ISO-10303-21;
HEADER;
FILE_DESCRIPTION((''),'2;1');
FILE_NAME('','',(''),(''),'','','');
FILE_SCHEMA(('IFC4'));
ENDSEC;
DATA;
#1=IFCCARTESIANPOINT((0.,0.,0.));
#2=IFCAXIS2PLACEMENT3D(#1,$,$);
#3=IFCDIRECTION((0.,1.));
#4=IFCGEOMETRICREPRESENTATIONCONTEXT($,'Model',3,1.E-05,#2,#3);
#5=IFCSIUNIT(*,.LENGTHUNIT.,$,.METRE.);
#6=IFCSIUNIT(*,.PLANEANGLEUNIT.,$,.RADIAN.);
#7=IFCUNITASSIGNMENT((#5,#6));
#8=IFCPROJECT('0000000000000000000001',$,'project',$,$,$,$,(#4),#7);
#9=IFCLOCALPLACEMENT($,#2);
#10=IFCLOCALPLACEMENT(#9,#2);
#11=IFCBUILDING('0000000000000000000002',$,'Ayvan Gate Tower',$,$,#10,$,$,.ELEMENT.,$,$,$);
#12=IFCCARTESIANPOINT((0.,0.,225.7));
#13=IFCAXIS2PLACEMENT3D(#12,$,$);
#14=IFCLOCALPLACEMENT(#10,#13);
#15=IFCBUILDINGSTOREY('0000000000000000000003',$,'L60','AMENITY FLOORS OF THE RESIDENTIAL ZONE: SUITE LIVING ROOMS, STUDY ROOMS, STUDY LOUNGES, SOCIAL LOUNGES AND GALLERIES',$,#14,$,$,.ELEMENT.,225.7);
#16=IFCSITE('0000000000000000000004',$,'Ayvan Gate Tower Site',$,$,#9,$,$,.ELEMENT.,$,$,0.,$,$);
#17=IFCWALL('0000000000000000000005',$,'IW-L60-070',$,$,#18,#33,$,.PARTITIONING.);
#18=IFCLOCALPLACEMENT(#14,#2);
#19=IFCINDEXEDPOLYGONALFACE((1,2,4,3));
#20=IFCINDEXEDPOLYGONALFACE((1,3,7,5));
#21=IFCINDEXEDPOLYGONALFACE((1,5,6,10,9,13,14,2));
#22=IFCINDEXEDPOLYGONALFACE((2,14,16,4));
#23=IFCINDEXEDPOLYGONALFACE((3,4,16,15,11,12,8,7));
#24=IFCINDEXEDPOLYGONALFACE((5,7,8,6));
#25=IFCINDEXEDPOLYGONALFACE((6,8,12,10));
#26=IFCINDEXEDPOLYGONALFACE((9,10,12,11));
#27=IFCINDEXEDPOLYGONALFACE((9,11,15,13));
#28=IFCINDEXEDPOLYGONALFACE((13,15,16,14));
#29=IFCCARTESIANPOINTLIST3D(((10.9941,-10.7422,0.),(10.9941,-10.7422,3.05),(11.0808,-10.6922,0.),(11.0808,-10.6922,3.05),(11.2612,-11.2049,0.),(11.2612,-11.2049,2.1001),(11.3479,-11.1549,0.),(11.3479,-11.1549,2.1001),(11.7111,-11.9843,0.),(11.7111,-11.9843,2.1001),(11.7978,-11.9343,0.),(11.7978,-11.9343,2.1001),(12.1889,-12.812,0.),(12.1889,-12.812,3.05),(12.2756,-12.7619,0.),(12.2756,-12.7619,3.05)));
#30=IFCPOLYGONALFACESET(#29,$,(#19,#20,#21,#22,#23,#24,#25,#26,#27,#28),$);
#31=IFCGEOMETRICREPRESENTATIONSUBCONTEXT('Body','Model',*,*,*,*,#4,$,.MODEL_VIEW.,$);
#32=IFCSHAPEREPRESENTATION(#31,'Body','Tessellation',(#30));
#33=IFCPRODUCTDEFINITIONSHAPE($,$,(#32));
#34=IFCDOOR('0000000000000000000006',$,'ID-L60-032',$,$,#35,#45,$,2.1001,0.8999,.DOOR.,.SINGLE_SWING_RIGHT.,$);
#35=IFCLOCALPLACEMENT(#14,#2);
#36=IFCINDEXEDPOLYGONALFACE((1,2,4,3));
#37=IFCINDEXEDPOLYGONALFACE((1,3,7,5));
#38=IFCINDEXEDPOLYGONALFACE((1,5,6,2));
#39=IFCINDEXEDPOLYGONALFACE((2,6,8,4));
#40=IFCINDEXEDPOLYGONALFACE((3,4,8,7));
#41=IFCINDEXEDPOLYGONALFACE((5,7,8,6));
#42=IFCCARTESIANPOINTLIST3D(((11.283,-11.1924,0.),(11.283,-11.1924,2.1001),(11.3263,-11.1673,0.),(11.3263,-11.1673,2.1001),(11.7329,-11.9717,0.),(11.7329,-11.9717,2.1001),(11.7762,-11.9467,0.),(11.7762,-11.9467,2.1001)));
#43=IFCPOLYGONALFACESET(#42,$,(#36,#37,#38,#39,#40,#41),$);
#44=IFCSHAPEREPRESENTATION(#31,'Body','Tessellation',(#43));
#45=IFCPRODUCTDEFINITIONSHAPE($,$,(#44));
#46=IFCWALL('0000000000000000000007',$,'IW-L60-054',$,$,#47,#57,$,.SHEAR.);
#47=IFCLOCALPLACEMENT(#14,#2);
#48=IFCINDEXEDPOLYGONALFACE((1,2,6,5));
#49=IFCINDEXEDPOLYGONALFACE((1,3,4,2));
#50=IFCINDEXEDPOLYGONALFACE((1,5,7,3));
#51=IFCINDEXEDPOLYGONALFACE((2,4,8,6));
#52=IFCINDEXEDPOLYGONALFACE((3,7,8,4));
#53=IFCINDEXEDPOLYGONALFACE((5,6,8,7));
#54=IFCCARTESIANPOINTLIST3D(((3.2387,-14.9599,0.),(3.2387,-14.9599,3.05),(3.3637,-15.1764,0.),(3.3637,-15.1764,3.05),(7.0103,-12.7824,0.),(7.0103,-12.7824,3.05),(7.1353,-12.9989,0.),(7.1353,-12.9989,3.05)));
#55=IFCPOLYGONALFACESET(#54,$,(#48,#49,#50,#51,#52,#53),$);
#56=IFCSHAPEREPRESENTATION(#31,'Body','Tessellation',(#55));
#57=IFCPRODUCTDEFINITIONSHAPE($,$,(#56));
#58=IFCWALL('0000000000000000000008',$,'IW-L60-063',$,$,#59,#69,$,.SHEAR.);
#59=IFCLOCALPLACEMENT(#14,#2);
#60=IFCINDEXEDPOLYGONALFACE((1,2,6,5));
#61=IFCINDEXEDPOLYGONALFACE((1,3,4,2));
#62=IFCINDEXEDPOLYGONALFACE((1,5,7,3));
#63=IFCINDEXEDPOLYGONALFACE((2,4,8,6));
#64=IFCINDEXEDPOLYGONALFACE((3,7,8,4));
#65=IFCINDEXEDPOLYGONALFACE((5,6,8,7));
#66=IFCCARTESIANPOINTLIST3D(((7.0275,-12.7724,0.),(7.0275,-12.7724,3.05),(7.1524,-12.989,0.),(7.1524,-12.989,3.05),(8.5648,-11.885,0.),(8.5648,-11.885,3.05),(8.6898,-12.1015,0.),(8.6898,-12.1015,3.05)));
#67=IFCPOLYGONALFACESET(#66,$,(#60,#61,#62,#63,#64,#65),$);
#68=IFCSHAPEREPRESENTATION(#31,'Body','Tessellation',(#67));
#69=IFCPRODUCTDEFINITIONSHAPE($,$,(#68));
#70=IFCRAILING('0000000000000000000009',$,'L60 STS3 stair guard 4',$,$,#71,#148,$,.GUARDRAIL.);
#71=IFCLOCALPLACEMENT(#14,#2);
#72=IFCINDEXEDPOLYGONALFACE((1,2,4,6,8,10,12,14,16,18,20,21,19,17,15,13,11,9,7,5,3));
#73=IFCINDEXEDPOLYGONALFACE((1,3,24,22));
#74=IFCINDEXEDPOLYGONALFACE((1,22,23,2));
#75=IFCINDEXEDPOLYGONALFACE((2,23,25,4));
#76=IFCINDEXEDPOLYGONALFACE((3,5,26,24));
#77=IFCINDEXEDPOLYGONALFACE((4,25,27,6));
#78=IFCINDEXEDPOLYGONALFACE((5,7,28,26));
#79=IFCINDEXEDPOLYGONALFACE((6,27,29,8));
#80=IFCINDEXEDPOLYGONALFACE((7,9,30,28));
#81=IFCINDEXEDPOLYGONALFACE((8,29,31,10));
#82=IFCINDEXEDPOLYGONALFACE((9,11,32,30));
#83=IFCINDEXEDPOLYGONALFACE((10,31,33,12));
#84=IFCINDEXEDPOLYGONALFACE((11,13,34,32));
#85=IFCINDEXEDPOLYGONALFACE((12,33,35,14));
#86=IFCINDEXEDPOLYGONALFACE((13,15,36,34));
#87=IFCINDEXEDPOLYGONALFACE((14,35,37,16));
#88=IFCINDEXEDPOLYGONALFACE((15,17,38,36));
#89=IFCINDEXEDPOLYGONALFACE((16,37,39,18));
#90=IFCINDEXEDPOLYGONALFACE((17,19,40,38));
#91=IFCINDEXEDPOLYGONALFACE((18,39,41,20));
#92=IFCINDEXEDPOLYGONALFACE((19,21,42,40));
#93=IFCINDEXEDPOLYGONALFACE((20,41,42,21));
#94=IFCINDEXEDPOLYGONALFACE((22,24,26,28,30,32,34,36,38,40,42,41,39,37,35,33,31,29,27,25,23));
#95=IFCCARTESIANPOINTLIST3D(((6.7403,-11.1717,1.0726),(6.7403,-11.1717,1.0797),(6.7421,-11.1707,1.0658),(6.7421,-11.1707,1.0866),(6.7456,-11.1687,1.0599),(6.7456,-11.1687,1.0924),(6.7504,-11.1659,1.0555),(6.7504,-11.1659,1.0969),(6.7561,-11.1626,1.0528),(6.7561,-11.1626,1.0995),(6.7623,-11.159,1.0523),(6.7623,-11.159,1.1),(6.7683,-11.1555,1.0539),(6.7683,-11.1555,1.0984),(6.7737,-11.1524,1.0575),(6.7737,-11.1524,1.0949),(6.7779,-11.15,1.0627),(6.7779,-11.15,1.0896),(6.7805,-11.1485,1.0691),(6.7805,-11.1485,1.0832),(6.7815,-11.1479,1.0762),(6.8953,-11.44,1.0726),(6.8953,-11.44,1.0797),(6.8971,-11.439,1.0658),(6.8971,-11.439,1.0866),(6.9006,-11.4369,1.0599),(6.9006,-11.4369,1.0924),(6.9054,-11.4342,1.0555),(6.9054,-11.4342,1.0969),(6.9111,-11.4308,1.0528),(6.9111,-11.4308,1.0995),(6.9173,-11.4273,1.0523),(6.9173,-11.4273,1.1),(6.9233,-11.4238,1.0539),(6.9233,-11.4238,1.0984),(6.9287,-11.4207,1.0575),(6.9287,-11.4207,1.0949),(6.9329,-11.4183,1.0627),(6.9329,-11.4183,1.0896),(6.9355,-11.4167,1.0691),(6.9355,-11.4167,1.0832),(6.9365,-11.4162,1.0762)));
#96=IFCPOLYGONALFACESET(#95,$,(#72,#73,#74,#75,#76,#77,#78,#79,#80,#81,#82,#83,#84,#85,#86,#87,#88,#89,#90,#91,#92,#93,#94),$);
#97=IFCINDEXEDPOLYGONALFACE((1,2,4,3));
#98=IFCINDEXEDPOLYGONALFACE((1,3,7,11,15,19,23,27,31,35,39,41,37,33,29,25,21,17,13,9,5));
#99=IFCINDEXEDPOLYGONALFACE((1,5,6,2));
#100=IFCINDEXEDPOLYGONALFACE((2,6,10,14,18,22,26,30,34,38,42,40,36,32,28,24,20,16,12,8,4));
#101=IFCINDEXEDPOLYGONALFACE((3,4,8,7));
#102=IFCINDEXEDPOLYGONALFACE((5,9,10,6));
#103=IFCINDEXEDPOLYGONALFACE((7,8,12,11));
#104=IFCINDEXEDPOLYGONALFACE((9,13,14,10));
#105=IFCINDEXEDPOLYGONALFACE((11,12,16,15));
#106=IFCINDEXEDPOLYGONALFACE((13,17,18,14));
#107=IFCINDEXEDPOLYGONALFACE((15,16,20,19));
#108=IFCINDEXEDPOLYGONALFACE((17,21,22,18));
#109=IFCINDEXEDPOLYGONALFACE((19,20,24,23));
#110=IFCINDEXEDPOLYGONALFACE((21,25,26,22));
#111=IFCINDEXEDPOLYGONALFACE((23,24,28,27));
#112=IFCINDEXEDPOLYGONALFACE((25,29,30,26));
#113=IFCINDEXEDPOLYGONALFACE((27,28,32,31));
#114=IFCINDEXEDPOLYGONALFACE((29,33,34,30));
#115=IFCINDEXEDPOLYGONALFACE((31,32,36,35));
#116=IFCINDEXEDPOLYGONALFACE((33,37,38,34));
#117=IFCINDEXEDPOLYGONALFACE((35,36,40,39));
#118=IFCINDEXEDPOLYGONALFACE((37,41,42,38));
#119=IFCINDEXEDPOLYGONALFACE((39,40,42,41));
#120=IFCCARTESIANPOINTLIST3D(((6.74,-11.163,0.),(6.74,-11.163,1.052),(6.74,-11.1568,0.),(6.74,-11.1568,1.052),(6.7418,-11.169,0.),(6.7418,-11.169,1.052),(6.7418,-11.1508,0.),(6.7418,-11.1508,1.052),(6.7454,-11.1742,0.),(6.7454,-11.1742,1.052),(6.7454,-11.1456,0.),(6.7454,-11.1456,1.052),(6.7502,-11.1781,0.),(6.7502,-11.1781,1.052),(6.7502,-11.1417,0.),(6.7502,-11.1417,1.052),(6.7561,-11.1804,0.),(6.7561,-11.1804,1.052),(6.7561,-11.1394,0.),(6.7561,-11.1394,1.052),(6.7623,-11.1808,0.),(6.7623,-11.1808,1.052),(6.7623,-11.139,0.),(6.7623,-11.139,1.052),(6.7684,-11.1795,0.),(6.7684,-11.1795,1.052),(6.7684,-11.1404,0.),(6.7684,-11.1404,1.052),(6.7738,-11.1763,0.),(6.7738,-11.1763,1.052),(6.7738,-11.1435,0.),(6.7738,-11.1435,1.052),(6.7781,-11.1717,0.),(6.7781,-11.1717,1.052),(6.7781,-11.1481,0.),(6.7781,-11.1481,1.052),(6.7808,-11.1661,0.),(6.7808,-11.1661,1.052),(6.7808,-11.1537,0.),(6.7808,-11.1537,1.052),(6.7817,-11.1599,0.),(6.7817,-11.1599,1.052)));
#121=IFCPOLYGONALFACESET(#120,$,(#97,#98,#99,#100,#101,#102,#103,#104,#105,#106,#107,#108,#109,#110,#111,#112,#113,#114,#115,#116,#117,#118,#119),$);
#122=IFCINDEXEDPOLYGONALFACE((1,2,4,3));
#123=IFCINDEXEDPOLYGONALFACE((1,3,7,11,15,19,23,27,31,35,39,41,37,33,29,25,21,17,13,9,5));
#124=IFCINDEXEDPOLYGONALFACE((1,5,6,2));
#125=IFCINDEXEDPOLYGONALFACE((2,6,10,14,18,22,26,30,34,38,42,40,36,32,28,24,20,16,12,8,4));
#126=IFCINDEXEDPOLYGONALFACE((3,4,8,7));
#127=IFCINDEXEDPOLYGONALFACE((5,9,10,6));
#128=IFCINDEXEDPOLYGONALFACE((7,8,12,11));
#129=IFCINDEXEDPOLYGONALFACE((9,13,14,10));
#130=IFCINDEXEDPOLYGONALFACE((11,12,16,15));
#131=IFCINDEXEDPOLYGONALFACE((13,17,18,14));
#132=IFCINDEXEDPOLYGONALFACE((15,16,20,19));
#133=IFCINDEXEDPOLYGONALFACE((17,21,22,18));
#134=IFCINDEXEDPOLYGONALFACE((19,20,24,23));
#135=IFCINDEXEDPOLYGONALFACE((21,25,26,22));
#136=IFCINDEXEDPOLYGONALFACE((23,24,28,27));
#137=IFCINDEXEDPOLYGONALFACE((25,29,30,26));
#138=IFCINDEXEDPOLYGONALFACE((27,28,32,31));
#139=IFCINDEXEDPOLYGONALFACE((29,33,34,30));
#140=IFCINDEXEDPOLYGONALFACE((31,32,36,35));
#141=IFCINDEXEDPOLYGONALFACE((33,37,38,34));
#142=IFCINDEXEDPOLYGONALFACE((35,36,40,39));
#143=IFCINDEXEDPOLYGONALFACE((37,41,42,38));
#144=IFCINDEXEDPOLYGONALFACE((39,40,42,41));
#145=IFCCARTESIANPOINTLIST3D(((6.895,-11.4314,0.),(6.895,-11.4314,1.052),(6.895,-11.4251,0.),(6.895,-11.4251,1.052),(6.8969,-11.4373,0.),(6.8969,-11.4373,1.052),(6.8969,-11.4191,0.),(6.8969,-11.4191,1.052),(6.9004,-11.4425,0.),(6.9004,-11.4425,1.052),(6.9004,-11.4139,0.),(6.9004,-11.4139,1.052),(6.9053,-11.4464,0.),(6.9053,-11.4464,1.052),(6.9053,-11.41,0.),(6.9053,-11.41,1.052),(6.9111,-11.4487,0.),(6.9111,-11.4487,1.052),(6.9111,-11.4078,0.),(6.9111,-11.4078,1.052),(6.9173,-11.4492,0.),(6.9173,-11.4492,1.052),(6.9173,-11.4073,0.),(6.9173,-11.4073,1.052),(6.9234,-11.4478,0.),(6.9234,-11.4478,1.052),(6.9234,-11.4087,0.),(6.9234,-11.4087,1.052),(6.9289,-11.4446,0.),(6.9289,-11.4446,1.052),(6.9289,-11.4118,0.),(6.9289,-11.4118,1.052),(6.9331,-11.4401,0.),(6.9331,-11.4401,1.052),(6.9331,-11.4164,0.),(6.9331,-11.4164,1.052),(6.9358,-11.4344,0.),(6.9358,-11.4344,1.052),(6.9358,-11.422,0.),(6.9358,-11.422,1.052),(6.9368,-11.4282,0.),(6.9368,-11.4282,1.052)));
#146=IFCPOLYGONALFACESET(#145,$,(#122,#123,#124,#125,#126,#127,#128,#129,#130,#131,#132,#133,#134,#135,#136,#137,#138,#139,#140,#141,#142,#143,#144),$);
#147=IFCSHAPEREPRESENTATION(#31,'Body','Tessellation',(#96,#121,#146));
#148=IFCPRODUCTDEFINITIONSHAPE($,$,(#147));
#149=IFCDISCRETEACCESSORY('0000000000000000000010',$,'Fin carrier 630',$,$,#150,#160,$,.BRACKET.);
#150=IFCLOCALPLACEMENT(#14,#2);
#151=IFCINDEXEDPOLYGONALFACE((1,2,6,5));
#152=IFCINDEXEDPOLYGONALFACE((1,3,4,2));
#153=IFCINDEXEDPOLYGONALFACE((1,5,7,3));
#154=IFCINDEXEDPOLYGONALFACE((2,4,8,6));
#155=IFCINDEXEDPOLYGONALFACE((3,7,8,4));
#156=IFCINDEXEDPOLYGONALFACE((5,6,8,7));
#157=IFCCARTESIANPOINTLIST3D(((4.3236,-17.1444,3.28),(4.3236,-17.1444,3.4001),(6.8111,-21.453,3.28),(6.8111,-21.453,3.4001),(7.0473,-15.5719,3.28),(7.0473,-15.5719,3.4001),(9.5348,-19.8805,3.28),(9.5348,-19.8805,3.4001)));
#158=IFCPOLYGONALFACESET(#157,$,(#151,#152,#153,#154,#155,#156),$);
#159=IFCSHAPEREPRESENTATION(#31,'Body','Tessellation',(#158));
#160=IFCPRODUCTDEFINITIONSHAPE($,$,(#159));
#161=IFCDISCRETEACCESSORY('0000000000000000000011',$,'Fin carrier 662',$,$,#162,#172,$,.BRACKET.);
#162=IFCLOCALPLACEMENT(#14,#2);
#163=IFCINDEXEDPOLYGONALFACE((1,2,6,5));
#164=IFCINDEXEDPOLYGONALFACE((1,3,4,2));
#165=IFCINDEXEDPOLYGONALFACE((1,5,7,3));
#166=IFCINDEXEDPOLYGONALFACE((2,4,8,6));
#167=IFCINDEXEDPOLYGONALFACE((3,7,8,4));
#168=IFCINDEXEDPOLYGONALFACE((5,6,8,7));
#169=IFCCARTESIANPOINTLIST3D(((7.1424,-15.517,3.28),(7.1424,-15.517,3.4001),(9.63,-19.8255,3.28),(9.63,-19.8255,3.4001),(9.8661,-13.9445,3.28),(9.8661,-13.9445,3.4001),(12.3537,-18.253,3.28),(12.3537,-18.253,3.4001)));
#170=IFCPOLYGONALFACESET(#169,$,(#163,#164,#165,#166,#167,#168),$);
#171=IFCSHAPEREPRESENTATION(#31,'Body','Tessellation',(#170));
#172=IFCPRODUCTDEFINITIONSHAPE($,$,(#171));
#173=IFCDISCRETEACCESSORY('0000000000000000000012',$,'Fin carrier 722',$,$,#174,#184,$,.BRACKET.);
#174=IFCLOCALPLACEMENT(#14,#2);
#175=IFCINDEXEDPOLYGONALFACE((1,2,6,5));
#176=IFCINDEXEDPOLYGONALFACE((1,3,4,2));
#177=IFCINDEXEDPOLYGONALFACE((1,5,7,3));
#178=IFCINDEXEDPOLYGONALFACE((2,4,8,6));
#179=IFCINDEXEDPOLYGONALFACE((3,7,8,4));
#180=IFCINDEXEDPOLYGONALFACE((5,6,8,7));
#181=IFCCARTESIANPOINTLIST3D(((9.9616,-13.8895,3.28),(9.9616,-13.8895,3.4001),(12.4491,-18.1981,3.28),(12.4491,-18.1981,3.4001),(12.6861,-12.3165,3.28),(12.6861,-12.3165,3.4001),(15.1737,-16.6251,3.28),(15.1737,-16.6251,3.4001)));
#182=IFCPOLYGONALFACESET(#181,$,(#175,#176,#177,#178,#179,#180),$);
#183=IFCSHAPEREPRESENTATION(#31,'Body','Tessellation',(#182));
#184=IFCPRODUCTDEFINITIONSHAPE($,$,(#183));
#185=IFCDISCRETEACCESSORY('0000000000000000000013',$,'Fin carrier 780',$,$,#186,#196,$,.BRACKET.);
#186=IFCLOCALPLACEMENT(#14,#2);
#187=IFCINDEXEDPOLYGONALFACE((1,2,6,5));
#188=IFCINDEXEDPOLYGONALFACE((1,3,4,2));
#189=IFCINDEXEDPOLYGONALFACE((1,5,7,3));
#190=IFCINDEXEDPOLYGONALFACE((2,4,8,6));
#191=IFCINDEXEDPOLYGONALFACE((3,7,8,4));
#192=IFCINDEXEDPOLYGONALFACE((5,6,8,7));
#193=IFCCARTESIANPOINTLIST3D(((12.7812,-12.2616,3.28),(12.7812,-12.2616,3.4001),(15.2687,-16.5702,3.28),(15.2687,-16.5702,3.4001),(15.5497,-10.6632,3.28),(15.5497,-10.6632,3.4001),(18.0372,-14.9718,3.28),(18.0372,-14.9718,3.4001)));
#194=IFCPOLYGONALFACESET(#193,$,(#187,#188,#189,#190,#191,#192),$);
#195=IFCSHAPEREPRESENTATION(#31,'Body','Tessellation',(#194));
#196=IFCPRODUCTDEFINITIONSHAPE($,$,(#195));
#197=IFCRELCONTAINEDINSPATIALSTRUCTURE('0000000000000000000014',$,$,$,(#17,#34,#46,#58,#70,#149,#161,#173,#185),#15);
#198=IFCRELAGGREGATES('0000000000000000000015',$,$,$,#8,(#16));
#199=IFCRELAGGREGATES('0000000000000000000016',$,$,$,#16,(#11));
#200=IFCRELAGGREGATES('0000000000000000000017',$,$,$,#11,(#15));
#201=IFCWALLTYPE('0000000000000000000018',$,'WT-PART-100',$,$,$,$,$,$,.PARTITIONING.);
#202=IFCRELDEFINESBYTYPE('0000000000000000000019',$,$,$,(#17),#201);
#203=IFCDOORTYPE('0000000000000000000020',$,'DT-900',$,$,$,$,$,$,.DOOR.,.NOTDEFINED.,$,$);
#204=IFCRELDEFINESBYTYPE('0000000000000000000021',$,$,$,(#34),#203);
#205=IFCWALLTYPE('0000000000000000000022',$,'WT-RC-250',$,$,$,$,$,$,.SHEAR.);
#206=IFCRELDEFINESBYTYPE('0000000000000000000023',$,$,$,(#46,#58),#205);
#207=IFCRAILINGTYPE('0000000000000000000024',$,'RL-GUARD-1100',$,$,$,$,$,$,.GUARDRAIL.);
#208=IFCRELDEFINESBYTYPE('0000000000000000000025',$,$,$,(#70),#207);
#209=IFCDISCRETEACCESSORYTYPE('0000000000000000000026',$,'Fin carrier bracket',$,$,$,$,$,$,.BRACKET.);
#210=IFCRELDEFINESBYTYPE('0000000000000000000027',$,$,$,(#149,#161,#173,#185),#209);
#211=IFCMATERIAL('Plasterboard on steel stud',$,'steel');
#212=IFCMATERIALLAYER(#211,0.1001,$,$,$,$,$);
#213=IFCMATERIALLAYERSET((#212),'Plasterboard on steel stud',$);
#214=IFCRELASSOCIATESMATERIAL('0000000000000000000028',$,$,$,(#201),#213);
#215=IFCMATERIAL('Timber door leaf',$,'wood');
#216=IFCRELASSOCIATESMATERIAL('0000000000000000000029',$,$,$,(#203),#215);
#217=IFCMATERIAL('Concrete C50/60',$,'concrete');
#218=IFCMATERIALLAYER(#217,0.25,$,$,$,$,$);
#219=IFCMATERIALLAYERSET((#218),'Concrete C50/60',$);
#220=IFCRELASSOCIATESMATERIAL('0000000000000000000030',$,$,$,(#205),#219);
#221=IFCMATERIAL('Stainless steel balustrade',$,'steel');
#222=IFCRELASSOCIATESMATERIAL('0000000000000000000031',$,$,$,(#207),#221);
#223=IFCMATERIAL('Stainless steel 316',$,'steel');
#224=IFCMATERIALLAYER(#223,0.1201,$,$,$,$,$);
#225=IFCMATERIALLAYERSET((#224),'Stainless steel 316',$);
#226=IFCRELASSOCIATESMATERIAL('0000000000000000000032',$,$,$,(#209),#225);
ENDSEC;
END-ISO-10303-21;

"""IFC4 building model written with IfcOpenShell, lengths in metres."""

from ifc_helpers import new_model, si_unit, direction, frame, frame_2d, origin, origin_2d, place, context, subcontext, project, spatial, rectangle, circle, extrude, material, layer, layer_set, type_object, element, fill, save


model = new_model("IFC4")

# Units and contexts
model_context = context("Model", 3, precision=1e-05, world=origin(), true_north=direction((0.0, 1.0)))
body_context = subcontext(model_context, "Body", "Model", "MODEL_VIEW")
ifc_project = project(units=[si_unit("LENGTHUNIT", "METRE"), si_unit("PLANEANGLEUNIT", "RADIAN")], contexts=[model_context])

# Site, building, storey
site_placement = place(None, origin())
site = spatial("IfcSite", under=ifc_project, at=site_placement, Name="Ayvan Gate Tower Site", CompositionType="ELEMENT", RefElevation=0.0)
building_placement = place(site_placement, origin())
building = spatial("IfcBuilding", under=site, at=building_placement, Name="Ayvan Gate Tower", CompositionType="ELEMENT")
storey_placement = place(building_placement, frame((0.0, 0.0, 225.7)))
storey = spatial("IfcBuildingStorey", under=building, at=storey_placement, Name="L60", Description="AMENITY FLOORS OF THE RESIDENTIAL ZONE: SUITE LIVING ROOMS, STUDY ROOMS, STUDY LOUNGES, SOCIAL LOUNGES AND GALLERIES", CompositionType="ELEMENT", Elevation=225.7)

# Shared definitions
ifc_material_1 = material(Name="Concrete C50/60", Category="concrete")

# Wall, opening, door
ifc_material_2 = material(Name="Plasterboard on steel stud", Category="steel")
ifc_layer_1 = layer(ifc_material_2, 0.1001)
ifc_layer_set_1 = layer_set([ifc_layer_1], Name="Plasterboard on steel stud")
wall_type_1 = type_object("IfcWallType", Name="WT-PART-100", PredefinedType="PARTITIONING", material=ifc_layer_set_1)
wall_1_placement = place(storey_placement, frame((12.2322, -12.7869, 0.0), z_axis=(0.0, 0.0, 1.0), x_axis=(-0.499941, 0.86606, 0.0)))
wall_1 = element("IfcWall", 1, at=wall_1_placement, inside=storey, type_object=wall_type_1, Name="IW-L60-070", PredefinedType="PARTITIONING", context=body_context, shape_type="SweptSolid", body=[
    extrude(rectangle(XDim=2.3899, YDim=0.1001, at=frame_2d((1.1948, 0.0))), origin(), (0.0, 0.0, 1.0), 3.05),
])
opening_placement = place(wall_1_placement, frame((0.9556, 0.0, 0.0)))
opening = element("IfcOpeningElement", 2, at=opening_placement, cuts=wall_1, PredefinedType="OPENING", context=body_context, shape_type="SweptSolid", body=[
    extrude(rectangle(XDim=0.8999, YDim=2.1001, at=frame_2d((0.45, 1.05))), frame((0.0, 0.0601, 0.0), z_axis=(0.0, -1.0, 0.0), x_axis=(1.0, 0.0, 0.0)), (0.0, 0.0, 1.0), 0.1201),
])
ifc_material_3 = material(Name="Timber door leaf", Category="wood")
door_type = type_object("IfcDoorType", Name="DT-900", OperationType="NOTDEFINED", PredefinedType="DOOR", material=ifc_material_3)
door_placement = place(opening_placement, origin())
door = element("IfcDoor", 3, at=door_placement, inside=storey, type_object=door_type, Name="ID-L60-032", OperationType="SINGLE_SWING_RIGHT", OverallHeight=2.1001, OverallWidth=0.8999, PredefinedType="DOOR", context=body_context, shape_type="SweptSolid", body=[
    extrude(rectangle(XDim=0.8999, YDim=2.1001, at=frame_2d((0.45, 1.05))), frame((0.0, 0.0249, 0.0), z_axis=(0.0, -1.0, 0.0), x_axis=(1.0, 0.0, 0.0)), (0.0, 0.0, 1.0), 0.05),
])
fill(opening, door)

# Walls
ifc_layer_2 = layer(ifc_material_1, 0.25)
ifc_layer_set_2 = layer_set([ifc_layer_2], Name="Concrete C50/60")
wall_type_2 = type_object("IfcWallType", Name="WT-RC-250", PredefinedType="SHEAR", material=ifc_layer_set_2)
wall_2_placement = place(storey_placement, frame((7.0728, -12.8906, 0.0), z_axis=(0.0, 0.0, 1.0), x_axis=(-0.866023, -0.500004, 0.0)))
element("IfcWall", 4, at=wall_2_placement, inside=storey, type_object=wall_type_2, Name="IW-L60-054", PredefinedType="SHEAR", context=body_context, shape_type="SweptSolid", body=[
    extrude(rectangle(XDim=4.355, YDim=0.25, at=frame_2d((2.1775, 0.0))), origin(), (0.0, 0.0, 1.0), 3.05),
])
wall_3_placement = place(storey_placement, frame((8.6274, -11.9932, 0.0), z_axis=(0.0, 0.0, 1.0), x_axis=(-0.86606, -0.499941, 0.0)))
element("IfcWall", 5, at=wall_3_placement, inside=storey, type_object=wall_type_2, Name="IW-L60-063", PredefinedType="SHEAR", context=body_context, shape_type="SweptSolid", body=[
    extrude(rectangle(XDim=1.7751, YDim=0.25, at=frame_2d((0.8877, 0.0))), origin(), (0.0, 0.0, 1.0), 3.05),
])

# Railing
ifc_material_4 = material(Name="Stainless steel balustrade", Category="steel")
railing_type = type_object("IfcRailingType", Name="RL-GUARD-1100", PredefinedType="GUARDRAIL", material=ifc_material_4)
railing_placement = place(storey_placement, frame((6.7607, -11.1599, 0.0)))
element("IfcRailing", 6, at=railing_placement, inside=storey, type_object=railing_type, Name="L60 STS3 stair guard 4", PredefinedType="GUARDRAIL", context=body_context, shape_type="SweptSolid", body=[
    extrude(circle(Radius=0.0239, at=origin_2d()), frame((0.0, 0.0, 1.0762), z_axis=(0.500291, -0.865857, 0.0), x_axis=(0.865857, 0.500291, 0.0)), (0.0, 0.0, 1.0), 0.3098),
    extrude(circle(Radius=0.021, at=origin_2d()), origin(), (0.0, 0.0, 1.0), 1.052),
    extrude(circle(Radius=0.021, at=origin_2d()), frame((0.155, -0.2683, 0.0)), (0.0, 0.0, 1.0), 1.052),
])

# Discrete accessories
ifc_material_5 = material(Name="Stainless steel 316", Category="steel")
ifc_layer_3 = layer(ifc_material_5, 0.1201)
ifc_layer_set_3 = layer_set([ifc_layer_3], Name="Stainless steel 316")
discrete_accessory_type = type_object("IfcDiscreteAccessoryType", Name="Fin carrier bracket", PredefinedType="BRACKET", material=ifc_layer_set_3)
for number, where, z_axis, x_axis, name in (
    (7, (6.9292, -18.5125, 3.28), (0.0, 0.0, 1.0), (0.866025, 0.5, 0.0), "Fin carrier 630"),
    (8, (9.748, -16.885, 3.28), (0.0, 0.0, 1.0), (0.866025, 0.5, 0.0), "Fin carrier 662"),
):
    element("IfcDiscreteAccessory", number, at=place(storey_placement, frame(where, z_axis=z_axis, x_axis=x_axis)), inside=storey, type_object=discrete_accessory_type, Name=name, PredefinedType="BRACKET", context=body_context, shape_type="SweptSolid", body=[
        extrude(rectangle(XDim=3.145, YDim=4.9751, at=origin_2d()), origin(), (0.0, 0.0, 1.0), 0.1201),
    ])
discrete_accessory_1_placement = place(storey_placement, frame((12.5676, -15.2573, 3.28), z_axis=(0.0, 0.0, 1.0), x_axis=(0.866025, 0.5, 0.0)))
element("IfcDiscreteAccessory", 9, at=discrete_accessory_1_placement, inside=storey, type_object=discrete_accessory_type, Name="Fin carrier 722", PredefinedType="BRACKET", context=body_context, shape_type="SweptSolid", body=[
    extrude(rectangle(XDim=3.146, YDim=4.9751, at=origin_2d()), origin(), (0.0, 0.0, 1.0), 0.1201),
])
discrete_accessory_2_placement = place(storey_placement, frame((15.4092, -13.6167, 3.28), z_axis=(0.0, 0.0, 1.0), x_axis=(0.866025, 0.5, 0.0)))
element("IfcDiscreteAccessory", 10, at=discrete_accessory_2_placement, inside=storey, type_object=discrete_accessory_type, Name="Fin carrier 780", PredefinedType="BRACKET", context=body_context, shape_type="SweptSolid", body=[
    extrude(rectangle(XDim=3.1968, YDim=4.9751, at=origin_2d()), origin(), (0.0, 0.0, 1.0), 0.1201),
])

save(model, "model.ifc")
